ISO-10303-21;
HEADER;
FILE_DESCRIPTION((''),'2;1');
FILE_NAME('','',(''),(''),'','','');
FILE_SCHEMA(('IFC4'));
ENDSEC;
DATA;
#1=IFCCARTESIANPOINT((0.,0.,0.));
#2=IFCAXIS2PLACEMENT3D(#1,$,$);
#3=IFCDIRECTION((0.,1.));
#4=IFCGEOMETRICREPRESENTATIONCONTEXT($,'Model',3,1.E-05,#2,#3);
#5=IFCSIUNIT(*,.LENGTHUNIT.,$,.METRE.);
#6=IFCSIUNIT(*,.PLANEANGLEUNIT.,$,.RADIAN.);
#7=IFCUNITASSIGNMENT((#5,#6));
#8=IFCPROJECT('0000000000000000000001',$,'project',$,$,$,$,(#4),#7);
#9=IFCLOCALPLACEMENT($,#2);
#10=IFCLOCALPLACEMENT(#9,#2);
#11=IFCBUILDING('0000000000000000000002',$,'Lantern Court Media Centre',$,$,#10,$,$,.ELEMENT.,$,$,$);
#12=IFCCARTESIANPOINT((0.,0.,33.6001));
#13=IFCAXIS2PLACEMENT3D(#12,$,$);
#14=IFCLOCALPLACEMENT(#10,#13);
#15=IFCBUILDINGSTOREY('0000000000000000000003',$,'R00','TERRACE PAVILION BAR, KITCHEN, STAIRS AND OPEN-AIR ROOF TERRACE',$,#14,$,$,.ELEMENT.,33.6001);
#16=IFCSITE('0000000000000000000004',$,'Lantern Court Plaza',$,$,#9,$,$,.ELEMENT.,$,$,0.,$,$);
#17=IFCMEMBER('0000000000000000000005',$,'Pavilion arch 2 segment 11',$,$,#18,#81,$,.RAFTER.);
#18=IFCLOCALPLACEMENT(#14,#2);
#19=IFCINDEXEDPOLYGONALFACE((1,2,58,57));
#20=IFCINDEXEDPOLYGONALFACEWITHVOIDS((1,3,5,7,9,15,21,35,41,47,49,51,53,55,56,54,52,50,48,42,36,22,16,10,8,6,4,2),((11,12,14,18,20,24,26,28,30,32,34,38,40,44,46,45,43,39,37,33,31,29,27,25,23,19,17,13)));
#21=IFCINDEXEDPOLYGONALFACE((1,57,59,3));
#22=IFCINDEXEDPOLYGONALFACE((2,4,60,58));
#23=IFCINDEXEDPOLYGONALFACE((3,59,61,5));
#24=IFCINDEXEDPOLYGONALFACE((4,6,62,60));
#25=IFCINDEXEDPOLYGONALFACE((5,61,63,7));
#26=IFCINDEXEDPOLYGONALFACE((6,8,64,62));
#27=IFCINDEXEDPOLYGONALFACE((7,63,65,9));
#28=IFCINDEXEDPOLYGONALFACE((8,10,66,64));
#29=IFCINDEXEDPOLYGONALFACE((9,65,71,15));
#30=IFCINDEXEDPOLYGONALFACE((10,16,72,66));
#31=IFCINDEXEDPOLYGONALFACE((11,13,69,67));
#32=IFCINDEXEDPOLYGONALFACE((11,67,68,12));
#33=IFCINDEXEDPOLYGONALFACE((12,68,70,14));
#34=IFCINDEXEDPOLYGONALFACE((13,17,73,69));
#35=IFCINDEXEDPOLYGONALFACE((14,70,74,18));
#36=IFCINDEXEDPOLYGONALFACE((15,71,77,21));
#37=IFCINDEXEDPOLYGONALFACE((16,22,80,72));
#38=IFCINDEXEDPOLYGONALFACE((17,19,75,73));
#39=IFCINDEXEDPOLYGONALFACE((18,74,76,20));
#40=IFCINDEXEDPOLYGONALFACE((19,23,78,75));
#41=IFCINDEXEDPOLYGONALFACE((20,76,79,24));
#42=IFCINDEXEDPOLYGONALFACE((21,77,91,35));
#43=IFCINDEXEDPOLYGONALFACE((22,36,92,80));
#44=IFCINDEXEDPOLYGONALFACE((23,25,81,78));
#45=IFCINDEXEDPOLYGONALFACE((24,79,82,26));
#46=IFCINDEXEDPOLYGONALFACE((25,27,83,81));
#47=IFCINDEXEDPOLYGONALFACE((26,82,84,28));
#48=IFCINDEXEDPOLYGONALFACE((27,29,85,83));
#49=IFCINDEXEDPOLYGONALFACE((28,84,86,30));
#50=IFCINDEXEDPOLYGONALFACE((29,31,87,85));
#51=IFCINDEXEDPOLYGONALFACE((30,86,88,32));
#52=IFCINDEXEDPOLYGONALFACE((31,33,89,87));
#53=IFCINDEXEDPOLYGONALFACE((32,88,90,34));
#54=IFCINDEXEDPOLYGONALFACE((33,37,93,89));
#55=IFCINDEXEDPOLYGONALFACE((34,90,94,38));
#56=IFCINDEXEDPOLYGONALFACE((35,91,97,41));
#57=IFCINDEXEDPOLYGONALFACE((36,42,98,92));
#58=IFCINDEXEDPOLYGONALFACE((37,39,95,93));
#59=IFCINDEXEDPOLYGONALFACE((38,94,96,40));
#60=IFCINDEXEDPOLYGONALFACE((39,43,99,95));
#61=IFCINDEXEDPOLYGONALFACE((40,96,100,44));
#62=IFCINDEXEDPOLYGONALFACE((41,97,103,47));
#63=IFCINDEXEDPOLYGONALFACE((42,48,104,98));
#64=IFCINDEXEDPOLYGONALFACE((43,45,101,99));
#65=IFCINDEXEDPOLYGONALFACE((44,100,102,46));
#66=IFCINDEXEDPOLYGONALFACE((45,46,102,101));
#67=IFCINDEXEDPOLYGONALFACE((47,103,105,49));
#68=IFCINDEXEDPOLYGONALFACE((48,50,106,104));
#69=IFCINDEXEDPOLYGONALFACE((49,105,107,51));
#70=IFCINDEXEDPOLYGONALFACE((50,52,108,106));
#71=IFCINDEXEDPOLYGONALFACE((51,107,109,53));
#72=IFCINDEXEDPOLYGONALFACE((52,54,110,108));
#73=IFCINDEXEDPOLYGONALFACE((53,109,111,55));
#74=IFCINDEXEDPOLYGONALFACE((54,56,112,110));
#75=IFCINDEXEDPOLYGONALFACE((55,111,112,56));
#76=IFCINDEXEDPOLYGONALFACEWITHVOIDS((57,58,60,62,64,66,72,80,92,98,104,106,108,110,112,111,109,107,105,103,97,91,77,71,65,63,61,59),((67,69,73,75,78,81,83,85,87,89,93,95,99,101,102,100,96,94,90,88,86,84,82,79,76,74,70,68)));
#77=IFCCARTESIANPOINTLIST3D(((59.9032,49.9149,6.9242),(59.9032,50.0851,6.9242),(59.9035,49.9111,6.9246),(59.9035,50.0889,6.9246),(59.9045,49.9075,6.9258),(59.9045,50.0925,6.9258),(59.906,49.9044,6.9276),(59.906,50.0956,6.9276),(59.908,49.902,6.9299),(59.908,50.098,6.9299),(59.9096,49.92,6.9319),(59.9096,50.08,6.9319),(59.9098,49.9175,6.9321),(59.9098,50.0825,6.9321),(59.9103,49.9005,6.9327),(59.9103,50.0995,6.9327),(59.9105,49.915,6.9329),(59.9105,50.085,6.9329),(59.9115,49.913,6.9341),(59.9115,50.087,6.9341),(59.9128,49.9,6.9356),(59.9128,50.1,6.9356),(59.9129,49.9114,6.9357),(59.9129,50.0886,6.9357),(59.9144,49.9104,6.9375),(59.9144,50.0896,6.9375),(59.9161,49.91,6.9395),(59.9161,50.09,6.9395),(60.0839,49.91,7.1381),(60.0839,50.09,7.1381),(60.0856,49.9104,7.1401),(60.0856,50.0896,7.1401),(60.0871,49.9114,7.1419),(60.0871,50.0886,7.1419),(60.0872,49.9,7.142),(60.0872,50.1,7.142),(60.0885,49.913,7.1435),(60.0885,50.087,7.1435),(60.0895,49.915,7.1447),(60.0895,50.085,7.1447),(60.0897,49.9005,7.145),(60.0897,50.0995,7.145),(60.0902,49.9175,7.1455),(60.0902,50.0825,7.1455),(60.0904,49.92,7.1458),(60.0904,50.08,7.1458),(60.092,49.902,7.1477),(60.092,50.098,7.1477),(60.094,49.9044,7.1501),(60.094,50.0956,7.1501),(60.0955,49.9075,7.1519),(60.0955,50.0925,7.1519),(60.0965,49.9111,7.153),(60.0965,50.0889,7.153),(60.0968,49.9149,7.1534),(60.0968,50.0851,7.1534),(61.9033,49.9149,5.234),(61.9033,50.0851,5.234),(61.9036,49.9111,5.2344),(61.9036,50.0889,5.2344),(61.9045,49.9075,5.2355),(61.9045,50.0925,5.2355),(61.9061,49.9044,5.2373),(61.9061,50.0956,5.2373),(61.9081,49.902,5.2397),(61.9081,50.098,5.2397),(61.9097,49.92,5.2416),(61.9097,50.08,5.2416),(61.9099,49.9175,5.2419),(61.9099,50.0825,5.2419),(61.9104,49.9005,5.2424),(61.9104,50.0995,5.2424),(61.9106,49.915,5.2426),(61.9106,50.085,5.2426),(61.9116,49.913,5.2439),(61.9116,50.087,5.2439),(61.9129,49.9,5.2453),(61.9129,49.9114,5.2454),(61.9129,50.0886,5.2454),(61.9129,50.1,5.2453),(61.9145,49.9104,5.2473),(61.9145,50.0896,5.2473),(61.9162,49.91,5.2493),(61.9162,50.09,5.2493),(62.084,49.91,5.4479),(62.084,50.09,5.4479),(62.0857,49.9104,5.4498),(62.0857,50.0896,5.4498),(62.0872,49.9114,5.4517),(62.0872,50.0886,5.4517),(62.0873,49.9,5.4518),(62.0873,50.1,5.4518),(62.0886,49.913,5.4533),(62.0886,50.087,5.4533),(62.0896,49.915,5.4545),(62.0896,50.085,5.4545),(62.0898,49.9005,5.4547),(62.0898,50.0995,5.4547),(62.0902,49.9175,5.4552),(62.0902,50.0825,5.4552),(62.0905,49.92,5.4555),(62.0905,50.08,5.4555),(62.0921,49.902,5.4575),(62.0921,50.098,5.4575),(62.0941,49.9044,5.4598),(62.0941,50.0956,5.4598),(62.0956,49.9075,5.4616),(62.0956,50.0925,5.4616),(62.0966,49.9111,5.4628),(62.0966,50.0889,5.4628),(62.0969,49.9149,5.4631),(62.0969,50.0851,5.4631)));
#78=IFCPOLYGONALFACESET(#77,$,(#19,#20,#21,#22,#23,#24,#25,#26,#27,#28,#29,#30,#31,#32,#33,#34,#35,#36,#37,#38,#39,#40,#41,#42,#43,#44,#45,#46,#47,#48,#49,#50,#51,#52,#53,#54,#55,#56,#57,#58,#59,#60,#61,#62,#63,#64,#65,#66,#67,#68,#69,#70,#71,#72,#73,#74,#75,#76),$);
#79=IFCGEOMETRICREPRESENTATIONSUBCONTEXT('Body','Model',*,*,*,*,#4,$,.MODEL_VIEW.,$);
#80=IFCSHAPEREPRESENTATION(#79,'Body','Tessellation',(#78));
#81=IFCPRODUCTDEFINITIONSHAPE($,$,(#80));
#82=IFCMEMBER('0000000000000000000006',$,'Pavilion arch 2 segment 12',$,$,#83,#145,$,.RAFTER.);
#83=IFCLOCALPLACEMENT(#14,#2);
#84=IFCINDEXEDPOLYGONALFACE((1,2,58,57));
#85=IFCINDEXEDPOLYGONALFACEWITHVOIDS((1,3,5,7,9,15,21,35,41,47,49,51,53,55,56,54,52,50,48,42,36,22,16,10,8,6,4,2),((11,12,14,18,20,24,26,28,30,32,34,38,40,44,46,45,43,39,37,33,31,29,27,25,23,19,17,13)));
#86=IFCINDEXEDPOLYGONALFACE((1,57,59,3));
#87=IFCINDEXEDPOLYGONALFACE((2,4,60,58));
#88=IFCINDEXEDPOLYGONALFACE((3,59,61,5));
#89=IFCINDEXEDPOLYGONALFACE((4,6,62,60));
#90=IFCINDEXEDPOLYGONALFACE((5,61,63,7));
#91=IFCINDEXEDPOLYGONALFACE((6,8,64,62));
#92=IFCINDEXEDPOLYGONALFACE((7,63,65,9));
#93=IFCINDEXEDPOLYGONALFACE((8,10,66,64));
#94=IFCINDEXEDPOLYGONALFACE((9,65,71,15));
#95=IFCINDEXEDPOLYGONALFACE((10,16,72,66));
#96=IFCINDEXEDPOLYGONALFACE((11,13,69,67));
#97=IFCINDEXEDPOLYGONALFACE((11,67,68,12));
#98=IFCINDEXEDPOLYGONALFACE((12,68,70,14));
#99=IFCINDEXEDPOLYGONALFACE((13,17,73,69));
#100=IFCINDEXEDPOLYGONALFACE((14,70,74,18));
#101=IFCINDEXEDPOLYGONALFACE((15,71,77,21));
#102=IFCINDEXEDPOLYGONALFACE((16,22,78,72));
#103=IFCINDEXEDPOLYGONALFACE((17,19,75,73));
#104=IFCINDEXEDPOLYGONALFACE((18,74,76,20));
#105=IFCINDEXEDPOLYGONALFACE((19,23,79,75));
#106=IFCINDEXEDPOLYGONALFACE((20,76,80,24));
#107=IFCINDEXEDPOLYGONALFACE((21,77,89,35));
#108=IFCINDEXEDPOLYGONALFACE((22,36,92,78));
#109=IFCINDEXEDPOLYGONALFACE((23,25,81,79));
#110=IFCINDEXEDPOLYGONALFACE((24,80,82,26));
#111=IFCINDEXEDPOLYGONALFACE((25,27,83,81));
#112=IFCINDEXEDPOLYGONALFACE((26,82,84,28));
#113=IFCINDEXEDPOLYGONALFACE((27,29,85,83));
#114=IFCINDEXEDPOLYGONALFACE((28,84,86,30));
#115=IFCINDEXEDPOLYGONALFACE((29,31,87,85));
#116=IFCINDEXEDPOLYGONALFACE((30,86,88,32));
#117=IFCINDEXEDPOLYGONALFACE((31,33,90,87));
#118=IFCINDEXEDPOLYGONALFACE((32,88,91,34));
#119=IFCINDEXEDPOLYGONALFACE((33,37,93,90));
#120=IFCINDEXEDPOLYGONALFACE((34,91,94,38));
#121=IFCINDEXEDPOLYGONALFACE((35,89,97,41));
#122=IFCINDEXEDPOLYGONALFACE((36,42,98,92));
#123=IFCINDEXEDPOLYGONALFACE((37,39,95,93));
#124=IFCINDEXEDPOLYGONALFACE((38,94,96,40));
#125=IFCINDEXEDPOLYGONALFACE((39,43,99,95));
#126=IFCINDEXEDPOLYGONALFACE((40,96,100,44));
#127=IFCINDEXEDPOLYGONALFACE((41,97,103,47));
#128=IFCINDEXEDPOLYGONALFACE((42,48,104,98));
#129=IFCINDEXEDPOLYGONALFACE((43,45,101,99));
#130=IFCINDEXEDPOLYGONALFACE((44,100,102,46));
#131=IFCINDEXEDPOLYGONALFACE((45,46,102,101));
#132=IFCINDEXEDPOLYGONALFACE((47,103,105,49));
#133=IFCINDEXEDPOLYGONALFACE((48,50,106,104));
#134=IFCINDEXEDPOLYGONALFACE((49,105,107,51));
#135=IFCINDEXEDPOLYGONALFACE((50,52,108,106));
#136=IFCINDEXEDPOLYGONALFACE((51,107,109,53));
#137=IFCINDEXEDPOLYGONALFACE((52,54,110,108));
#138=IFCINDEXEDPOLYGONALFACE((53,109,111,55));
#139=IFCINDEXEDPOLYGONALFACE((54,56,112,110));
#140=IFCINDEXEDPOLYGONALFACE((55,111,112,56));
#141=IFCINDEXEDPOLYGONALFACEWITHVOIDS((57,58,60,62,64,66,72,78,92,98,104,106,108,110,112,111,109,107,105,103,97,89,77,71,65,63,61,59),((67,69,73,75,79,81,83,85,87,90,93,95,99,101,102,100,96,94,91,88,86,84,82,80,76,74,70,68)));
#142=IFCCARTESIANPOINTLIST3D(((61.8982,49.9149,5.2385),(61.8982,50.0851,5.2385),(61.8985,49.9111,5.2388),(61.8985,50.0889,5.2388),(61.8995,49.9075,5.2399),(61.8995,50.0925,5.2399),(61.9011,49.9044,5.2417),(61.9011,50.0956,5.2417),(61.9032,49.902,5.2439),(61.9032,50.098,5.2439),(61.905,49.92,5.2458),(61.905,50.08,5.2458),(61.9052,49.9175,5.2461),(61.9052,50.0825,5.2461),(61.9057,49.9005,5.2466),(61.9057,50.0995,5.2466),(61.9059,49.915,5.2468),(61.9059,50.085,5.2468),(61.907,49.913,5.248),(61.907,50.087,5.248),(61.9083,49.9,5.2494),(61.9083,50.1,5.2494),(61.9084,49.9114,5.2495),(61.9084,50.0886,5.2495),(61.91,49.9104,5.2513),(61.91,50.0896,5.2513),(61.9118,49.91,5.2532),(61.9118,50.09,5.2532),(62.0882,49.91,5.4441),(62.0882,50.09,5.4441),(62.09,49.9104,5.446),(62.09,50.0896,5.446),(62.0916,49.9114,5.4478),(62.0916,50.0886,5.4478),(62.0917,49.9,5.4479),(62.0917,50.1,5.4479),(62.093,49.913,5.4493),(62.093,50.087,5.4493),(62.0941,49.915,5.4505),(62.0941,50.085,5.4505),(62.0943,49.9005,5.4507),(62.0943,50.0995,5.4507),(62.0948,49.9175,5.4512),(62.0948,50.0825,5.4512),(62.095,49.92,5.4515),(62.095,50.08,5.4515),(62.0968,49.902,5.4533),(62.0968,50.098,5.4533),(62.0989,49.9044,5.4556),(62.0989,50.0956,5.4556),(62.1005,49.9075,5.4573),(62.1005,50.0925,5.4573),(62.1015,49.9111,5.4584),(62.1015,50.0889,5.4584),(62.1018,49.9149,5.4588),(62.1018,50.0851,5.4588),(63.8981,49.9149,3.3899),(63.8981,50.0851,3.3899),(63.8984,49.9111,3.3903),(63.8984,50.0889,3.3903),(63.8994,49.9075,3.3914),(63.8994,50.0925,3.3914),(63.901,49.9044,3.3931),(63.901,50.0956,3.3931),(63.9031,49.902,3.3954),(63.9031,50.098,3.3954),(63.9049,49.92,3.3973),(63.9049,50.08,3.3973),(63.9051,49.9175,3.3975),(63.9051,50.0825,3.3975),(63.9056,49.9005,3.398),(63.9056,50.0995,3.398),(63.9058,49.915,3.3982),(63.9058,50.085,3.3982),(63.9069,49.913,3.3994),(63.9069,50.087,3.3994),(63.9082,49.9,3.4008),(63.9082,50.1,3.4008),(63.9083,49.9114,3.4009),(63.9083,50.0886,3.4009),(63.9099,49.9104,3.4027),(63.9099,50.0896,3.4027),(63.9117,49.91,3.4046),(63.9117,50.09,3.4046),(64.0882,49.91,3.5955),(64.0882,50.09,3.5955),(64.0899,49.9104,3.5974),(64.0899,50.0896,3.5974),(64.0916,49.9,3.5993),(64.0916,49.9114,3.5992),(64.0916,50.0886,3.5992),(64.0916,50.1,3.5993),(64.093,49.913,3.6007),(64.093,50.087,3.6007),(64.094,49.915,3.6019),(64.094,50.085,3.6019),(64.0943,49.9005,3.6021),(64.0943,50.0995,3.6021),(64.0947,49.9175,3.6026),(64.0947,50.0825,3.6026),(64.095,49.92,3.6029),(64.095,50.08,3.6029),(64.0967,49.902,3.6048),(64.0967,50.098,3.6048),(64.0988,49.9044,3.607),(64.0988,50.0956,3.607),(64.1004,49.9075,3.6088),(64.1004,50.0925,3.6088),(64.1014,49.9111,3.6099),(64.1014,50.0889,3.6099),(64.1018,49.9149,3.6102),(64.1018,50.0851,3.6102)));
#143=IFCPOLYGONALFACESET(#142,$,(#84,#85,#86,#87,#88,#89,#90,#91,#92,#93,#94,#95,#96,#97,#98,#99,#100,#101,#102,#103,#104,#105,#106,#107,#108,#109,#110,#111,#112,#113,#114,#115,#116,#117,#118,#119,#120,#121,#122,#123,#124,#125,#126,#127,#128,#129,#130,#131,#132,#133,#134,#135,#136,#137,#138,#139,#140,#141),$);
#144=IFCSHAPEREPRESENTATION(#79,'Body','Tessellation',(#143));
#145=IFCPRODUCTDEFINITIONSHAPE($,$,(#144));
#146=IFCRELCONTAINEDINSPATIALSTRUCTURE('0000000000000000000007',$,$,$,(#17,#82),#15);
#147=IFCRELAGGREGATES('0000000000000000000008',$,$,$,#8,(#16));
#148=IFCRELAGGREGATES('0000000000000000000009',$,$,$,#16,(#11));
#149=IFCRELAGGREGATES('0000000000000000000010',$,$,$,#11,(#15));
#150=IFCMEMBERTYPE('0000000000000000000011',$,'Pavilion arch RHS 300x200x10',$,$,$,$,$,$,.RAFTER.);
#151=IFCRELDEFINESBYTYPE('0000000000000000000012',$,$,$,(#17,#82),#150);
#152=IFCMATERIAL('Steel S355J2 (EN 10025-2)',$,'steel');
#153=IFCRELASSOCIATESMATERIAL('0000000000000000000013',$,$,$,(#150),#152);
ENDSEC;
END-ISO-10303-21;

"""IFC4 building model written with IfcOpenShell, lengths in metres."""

from ifc_helpers import new_model, si_unit, direction, frame, origin, origin_2d, place, context, subcontext, project, spatial, hollow_rectangle, extrude, material, material_profile, profile_set, type_object, element, save


model = new_model("IFC4")

# Units and contexts
model_context = context("Model", 3, precision=1e-05, world=origin(), true_north=direction((0.0, 1.0)))
body_context = subcontext(model_context, "Body", "Model", "MODEL_VIEW")
ifc_project = project(units=[si_unit("LENGTHUNIT", "METRE"), si_unit("PLANEANGLEUNIT", "RADIAN")], contexts=[model_context])

# Site, building, storey
site_placement = place(None, origin())
site = spatial("IfcSite", under=ifc_project, at=site_placement, Name="Lantern Court Plaza", CompositionType="ELEMENT", RefElevation=0.0)
building_placement = place(site_placement, origin())
building = spatial("IfcBuilding", under=site, at=building_placement, Name="Lantern Court Media Centre", CompositionType="ELEMENT")
storey_placement = place(building_placement, frame((0.0, 0.0, 33.6001)))
storey = spatial("IfcBuildingStorey", under=building, at=storey_placement, Name="R00", Description="TERRACE PAVILION BAR, KITCHEN, STAIRS AND OPEN-AIR ROOF TERRACE", CompositionType="ELEMENT", Elevation=33.6001)

# Members
ifc_material_1 = material(Name="Steel S355J2 (EN 10025-2)", Category="steel")
ifc_material_profile_1 = material_profile(ifc_material_1, hollow_rectangle(XDim=0.2, YDim=0.3, WallThickness=0.01, InnerFilletRadius=0.01, OuterFilletRadius=0.0149, at=origin_2d()), Name="Pavilion arch RHS 300x200x10")
ifc_profile_set_1 = profile_set([ifc_material_profile_1], Name="Steel S355J2 (EN 10025-2)")
member_type_1 = type_object("IfcMemberType", Name="Pavilion arch RHS 300x200x10", PredefinedType="RAFTER", material=ifc_profile_set_1)
member_1_placement = place(storey_placement, frame((60.0, 50.0, 7.0388), z_axis=(0.763786, 0.0, -0.64547), x_axis=(0.0, 1.0, 0.0)))
element("IfcMember", 1, at=member_1_placement, inside=storey, type_object=member_type_1, Name="Pavilion arch 2 segment 11", PredefinedType="RAFTER", context=body_context, shape_type="SweptSolid", body=[
    extrude(hollow_rectangle(XDim=0.2, YDim=0.3, WallThickness=0.01, InnerFilletRadius=0.01, OuterFilletRadius=0.0149, at=origin_2d()), origin(), (0.0, 0.0, 1.0), 2.6187),
])
member_2_placement = place(storey_placement, frame((62.0, 50.0, 5.3486), z_axis=(0.73435, 0.0, -0.678771), x_axis=(0.0, 1.0, 0.0)))
element("IfcMember", 2, at=member_2_placement, inside=storey, type_object=member_type_1, Name="Pavilion arch 2 segment 12", PredefinedType="RAFTER", context=body_context, shape_type="SweptSolid", body=[
    extrude(hollow_rectangle(XDim=0.2, YDim=0.3, WallThickness=0.01, InnerFilletRadius=0.01, OuterFilletRadius=0.0149, at=origin_2d()), origin(), (0.0, 0.0, 1.0), 2.7234),
])

save(model, "model.ifc")
